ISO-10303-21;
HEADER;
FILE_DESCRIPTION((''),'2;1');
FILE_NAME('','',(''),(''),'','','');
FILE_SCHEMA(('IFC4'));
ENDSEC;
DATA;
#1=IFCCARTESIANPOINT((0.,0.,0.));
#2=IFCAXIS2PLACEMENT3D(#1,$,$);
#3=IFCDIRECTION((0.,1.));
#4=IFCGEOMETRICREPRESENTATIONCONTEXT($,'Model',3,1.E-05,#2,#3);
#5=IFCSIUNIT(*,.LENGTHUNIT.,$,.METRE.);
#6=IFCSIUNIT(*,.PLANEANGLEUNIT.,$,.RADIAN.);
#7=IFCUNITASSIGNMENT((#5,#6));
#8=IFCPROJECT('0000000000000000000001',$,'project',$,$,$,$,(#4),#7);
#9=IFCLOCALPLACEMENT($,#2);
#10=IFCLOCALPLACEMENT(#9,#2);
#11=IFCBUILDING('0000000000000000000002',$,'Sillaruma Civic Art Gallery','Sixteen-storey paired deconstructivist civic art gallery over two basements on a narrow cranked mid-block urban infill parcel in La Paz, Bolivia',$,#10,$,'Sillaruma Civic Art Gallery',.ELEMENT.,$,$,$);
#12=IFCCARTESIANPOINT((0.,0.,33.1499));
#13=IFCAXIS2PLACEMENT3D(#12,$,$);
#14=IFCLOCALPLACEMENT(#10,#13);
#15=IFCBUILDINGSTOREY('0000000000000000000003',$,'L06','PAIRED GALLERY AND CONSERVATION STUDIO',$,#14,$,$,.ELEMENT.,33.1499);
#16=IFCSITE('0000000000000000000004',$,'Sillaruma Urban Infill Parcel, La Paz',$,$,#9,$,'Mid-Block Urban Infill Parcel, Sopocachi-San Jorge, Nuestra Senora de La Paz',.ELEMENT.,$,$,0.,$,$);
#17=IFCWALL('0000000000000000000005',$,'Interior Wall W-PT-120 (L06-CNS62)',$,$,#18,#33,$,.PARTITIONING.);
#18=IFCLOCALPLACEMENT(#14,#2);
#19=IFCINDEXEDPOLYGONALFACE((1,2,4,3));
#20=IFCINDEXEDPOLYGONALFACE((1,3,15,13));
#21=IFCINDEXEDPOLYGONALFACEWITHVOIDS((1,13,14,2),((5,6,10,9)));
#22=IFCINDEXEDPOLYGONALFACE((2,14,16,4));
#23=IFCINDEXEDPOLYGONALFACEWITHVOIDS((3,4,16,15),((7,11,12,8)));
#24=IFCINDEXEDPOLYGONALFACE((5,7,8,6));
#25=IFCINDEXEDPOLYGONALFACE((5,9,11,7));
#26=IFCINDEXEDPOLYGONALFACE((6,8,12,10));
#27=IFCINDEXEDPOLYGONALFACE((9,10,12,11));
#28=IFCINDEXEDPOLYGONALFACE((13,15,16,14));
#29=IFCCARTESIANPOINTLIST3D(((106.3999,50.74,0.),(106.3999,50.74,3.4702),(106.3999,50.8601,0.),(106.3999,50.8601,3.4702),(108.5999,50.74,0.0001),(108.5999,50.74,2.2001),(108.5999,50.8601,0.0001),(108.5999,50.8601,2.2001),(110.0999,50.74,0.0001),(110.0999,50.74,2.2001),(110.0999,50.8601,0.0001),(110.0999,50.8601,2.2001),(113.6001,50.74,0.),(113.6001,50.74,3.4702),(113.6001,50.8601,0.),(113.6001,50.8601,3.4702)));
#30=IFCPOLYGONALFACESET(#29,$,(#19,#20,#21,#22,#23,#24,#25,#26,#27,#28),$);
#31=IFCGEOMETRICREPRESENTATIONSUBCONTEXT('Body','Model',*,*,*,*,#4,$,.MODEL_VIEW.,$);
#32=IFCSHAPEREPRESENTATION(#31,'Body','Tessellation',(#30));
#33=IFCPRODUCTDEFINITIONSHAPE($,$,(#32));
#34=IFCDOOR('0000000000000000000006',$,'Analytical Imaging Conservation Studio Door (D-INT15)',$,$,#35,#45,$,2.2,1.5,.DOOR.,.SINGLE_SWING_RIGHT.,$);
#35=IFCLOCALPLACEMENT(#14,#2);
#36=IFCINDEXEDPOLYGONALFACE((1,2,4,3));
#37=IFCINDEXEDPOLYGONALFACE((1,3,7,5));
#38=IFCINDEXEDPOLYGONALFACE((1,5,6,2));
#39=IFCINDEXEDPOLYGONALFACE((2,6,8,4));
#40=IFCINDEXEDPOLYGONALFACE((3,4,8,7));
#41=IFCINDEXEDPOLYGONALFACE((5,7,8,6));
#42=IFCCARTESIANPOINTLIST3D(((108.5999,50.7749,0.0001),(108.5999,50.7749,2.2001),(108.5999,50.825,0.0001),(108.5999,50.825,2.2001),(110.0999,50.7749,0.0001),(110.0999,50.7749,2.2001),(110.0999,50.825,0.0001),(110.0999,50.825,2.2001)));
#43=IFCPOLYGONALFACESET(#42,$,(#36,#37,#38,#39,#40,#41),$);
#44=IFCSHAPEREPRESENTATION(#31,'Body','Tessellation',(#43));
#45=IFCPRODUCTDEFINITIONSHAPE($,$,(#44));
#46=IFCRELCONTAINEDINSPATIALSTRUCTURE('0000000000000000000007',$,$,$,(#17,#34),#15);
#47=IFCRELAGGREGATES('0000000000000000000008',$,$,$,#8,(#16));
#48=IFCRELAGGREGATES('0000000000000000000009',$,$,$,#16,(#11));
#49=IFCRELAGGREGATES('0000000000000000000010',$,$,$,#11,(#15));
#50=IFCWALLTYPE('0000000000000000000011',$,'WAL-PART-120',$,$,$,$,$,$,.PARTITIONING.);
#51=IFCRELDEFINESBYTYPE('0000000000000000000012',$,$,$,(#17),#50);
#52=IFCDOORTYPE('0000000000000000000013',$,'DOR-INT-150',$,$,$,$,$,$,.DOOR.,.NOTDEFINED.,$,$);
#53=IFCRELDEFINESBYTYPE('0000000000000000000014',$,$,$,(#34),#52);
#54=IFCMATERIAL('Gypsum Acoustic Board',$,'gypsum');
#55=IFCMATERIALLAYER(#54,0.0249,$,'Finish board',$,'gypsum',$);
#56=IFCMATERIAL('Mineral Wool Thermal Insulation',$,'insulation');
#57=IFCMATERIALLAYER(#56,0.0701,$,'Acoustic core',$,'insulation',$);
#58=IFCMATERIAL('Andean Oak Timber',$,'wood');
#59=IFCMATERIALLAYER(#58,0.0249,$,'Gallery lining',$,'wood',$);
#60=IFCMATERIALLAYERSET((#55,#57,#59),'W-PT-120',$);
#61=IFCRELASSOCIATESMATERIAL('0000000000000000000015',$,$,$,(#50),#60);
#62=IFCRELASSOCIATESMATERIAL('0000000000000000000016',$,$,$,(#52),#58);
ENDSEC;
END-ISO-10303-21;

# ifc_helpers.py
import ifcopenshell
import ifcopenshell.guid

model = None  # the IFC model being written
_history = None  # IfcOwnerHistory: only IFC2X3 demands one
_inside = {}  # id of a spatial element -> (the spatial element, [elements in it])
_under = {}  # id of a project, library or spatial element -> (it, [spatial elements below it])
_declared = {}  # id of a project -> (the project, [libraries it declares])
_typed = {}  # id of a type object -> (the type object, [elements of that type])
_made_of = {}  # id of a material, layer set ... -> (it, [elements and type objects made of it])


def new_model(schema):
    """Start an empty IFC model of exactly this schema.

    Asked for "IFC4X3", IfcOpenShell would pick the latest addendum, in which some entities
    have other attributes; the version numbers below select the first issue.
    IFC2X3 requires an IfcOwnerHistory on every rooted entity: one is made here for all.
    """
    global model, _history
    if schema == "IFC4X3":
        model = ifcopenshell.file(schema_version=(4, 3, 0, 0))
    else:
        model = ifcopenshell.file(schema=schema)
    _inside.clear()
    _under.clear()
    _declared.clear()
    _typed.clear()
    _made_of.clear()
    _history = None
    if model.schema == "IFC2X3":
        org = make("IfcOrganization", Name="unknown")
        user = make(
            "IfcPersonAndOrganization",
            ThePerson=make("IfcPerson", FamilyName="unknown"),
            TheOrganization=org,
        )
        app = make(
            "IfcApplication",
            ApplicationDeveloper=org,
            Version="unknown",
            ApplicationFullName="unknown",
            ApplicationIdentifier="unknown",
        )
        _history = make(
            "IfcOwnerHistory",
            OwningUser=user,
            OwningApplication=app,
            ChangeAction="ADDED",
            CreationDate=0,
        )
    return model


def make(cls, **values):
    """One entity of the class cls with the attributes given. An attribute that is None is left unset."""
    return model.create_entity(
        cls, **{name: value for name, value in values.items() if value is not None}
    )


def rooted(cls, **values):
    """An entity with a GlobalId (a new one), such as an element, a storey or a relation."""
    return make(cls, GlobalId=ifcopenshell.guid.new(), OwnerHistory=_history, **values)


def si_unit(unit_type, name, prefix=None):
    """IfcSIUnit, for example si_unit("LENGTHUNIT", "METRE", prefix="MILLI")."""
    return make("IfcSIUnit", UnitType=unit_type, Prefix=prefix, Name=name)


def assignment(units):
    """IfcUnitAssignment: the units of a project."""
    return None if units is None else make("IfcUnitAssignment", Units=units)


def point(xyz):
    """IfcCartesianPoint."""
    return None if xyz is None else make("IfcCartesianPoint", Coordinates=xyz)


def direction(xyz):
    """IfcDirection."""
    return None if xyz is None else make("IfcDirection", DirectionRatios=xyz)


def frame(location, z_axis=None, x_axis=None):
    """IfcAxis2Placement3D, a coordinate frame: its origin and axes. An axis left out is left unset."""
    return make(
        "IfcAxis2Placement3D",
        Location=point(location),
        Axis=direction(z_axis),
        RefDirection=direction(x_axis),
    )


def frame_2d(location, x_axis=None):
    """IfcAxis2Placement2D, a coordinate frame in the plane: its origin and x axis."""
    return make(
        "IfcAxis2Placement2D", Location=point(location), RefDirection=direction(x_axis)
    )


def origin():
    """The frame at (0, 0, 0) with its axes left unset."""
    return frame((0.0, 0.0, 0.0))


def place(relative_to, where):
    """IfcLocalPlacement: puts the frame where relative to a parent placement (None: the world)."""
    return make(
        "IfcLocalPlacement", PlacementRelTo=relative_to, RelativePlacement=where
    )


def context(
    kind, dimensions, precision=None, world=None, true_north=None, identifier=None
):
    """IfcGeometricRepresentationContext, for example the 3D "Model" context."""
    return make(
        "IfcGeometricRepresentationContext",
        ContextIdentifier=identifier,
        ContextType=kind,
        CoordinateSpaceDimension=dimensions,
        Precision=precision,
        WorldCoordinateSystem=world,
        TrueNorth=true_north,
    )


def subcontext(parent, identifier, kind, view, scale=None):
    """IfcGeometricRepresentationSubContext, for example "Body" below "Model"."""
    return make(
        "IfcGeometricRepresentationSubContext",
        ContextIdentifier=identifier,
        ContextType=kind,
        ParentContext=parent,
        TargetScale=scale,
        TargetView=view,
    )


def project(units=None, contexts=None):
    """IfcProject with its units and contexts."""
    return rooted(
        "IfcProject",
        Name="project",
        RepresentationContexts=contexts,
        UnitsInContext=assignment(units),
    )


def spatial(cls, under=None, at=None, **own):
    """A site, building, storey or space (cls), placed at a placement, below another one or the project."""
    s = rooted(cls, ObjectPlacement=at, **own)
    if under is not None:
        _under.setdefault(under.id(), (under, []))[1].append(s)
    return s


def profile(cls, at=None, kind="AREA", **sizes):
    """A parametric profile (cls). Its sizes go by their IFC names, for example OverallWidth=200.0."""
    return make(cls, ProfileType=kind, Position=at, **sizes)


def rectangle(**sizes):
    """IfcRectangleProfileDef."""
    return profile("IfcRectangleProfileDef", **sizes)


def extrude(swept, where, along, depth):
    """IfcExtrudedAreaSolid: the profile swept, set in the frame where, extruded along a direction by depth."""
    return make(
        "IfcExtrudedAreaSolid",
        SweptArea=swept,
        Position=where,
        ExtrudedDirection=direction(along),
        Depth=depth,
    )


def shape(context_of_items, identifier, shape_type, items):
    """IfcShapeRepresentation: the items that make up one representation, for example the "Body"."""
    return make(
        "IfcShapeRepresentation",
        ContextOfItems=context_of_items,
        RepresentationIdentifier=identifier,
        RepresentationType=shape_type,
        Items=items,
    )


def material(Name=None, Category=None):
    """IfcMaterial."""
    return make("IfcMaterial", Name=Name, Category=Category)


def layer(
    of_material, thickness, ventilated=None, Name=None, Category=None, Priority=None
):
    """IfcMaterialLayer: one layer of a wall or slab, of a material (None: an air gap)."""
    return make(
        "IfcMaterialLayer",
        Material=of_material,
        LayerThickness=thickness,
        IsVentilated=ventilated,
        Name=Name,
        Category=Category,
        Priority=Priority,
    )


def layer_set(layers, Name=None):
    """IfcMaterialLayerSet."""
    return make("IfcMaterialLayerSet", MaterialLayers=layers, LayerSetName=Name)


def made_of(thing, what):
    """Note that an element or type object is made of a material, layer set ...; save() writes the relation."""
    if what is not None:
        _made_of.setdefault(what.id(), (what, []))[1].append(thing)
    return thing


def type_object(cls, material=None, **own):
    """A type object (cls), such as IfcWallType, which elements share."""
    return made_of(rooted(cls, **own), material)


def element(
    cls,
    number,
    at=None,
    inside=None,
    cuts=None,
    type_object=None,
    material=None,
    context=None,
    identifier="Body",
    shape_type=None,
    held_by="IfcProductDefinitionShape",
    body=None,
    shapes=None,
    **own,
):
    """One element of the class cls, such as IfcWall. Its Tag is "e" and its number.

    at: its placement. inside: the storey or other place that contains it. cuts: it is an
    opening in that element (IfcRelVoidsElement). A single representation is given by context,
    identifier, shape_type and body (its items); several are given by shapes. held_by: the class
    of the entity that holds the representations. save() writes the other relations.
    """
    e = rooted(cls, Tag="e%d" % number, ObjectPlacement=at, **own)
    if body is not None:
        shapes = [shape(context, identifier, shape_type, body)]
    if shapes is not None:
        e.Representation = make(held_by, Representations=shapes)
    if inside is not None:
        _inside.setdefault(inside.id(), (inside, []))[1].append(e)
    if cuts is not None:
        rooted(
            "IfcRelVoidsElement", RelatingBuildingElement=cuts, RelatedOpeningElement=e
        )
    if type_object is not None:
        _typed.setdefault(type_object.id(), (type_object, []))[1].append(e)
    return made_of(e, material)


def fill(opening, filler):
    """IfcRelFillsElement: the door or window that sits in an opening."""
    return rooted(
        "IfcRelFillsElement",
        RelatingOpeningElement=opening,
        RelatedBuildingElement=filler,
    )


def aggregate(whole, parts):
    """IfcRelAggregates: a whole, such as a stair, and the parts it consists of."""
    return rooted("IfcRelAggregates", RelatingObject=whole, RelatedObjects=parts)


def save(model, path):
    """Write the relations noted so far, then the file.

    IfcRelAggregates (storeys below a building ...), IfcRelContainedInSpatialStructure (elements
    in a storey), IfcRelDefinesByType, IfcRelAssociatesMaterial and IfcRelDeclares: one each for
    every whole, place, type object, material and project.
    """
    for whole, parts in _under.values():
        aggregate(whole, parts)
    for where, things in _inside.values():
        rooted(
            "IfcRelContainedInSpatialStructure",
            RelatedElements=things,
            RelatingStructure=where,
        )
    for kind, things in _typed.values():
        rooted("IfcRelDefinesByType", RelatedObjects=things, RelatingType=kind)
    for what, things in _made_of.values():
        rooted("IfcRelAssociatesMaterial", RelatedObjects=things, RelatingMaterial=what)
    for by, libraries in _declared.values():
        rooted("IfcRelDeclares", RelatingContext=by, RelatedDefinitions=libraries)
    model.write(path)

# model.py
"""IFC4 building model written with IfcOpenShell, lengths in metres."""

from ifc_helpers import new_model, si_unit, direction, frame, frame_2d, origin, place, context, subcontext, project, spatial, rectangle, extrude, material, layer, layer_set, type_object, element, fill, save


model = new_model("IFC4")

# Units and contexts
model_context = context("Model", 3, precision=1e-05, world=origin(), true_north=direction((0.0, 1.0)))
body_context = subcontext(model_context, "Body", "Model", "MODEL_VIEW")
ifc_project = project(units=[si_unit("LENGTHUNIT", "METRE"), si_unit("PLANEANGLEUNIT", "RADIAN")], contexts=[model_context])

# Site, building, storey
site_placement = place(None, origin())
site = spatial("IfcSite", under=ifc_project, at=site_placement, Name="Sillaruma Urban Infill Parcel, La Paz", LongName="Mid-Block Urban Infill Parcel, Sopocachi-San Jorge, Nuestra Senora de La Paz", CompositionType="ELEMENT", RefElevation=0.0)
building_placement = place(site_placement, origin())
building = spatial("IfcBuilding", under=site, at=building_placement, Name="Sillaruma Civic Art Gallery", Description="Sixteen-storey paired deconstructivist civic art gallery over two basements on a narrow cranked mid-block urban infill parcel in La Paz, Bolivia", LongName="Sillaruma Civic Art Gallery", CompositionType="ELEMENT")
storey_placement = place(building_placement, frame((0.0, 0.0, 33.1499)))
storey = spatial("IfcBuildingStorey", under=building, at=storey_placement, Name="L06", Description="PAIRED GALLERY AND CONSERVATION STUDIO", CompositionType="ELEMENT", Elevation=33.1499)

# Wall, opening, door
ifc_material_1 = material(Name="Gypsum Acoustic Board", Category="gypsum")
ifc_layer_1 = layer(ifc_material_1, 0.0249, Name="Finish board", Category="gypsum")
ifc_material_2 = material(Name="Mineral Wool Thermal Insulation", Category="insulation")
ifc_layer_2 = layer(ifc_material_2, 0.0701, Name="Acoustic core", Category="insulation")
ifc_material_3 = material(Name="Andean Oak Timber", Category="wood")
ifc_layer_3 = layer(ifc_material_3, 0.0249, Name="Gallery lining", Category="wood")
ifc_layer_set_1 = layer_set([ifc_layer_1, ifc_layer_2, ifc_layer_3], Name="W-PT-120")
wall_type = type_object("IfcWallType", Name="WAL-PART-120", PredefinedType="PARTITIONING", material=ifc_layer_set_1)
wall_placement = place(storey_placement, frame((106.3999, 50.8, 0.0), z_axis=(0.0, 0.0, 1.0), x_axis=(1.0, 0.0, 0.0)))
wall = element("IfcWall", 1, at=wall_placement, inside=storey, type_object=wall_type, Name="Interior Wall W-PT-120 (L06-CNS62)", PredefinedType="PARTITIONING", context=body_context, shape_type="SweptSolid", body=[
    extrude(rectangle(XDim=7.2002, YDim=0.1201, at=frame_2d((3.6001, 0.0))), origin(), (0.0, 0.0, 1.0), 3.4702),
])
opening_placement = place(wall_placement, frame((2.2, 0.0, 0.0)))
opening = element("IfcOpeningElement", 2, at=opening_placement, cuts=wall, PredefinedType="OPENING", context=body_context, shape_type="SweptSolid", body=[
    extrude(rectangle(XDim=1.5, YDim=2.2, at=frame_2d((0.75, 1.1001))), frame((0.0, 0.0701, 0.0), z_axis=(0.0, -1.0, 0.0), x_axis=(1.0, 0.0, 0.0)), (0.0, 0.0, 1.0), 0.1401),
])
door_type = type_object("IfcDoorType", Name="DOR-INT-150", OperationType="NOTDEFINED", PredefinedType="DOOR", material=ifc_material_3)
door_placement = place(opening_placement, origin())
door = element("IfcDoor", 3, at=door_placement, inside=storey, type_object=door_type, Name="Analytical Imaging Conservation Studio Door (D-INT15)", OperationType="SINGLE_SWING_RIGHT", OverallHeight=2.2, OverallWidth=1.5, PredefinedType="DOOR", context=body_context, shape_type="SweptSolid", body=[
    extrude(rectangle(XDim=1.5, YDim=2.2, at=frame_2d((0.75, 1.1001))), frame((0.0, 0.0249, 0.0), z_axis=(0.0, -1.0, 0.0), x_axis=(1.0, 0.0, 0.0)), (0.0, 0.0, 1.0), 0.05),
])
fill(opening, door)

save(model, "model.ifc")
